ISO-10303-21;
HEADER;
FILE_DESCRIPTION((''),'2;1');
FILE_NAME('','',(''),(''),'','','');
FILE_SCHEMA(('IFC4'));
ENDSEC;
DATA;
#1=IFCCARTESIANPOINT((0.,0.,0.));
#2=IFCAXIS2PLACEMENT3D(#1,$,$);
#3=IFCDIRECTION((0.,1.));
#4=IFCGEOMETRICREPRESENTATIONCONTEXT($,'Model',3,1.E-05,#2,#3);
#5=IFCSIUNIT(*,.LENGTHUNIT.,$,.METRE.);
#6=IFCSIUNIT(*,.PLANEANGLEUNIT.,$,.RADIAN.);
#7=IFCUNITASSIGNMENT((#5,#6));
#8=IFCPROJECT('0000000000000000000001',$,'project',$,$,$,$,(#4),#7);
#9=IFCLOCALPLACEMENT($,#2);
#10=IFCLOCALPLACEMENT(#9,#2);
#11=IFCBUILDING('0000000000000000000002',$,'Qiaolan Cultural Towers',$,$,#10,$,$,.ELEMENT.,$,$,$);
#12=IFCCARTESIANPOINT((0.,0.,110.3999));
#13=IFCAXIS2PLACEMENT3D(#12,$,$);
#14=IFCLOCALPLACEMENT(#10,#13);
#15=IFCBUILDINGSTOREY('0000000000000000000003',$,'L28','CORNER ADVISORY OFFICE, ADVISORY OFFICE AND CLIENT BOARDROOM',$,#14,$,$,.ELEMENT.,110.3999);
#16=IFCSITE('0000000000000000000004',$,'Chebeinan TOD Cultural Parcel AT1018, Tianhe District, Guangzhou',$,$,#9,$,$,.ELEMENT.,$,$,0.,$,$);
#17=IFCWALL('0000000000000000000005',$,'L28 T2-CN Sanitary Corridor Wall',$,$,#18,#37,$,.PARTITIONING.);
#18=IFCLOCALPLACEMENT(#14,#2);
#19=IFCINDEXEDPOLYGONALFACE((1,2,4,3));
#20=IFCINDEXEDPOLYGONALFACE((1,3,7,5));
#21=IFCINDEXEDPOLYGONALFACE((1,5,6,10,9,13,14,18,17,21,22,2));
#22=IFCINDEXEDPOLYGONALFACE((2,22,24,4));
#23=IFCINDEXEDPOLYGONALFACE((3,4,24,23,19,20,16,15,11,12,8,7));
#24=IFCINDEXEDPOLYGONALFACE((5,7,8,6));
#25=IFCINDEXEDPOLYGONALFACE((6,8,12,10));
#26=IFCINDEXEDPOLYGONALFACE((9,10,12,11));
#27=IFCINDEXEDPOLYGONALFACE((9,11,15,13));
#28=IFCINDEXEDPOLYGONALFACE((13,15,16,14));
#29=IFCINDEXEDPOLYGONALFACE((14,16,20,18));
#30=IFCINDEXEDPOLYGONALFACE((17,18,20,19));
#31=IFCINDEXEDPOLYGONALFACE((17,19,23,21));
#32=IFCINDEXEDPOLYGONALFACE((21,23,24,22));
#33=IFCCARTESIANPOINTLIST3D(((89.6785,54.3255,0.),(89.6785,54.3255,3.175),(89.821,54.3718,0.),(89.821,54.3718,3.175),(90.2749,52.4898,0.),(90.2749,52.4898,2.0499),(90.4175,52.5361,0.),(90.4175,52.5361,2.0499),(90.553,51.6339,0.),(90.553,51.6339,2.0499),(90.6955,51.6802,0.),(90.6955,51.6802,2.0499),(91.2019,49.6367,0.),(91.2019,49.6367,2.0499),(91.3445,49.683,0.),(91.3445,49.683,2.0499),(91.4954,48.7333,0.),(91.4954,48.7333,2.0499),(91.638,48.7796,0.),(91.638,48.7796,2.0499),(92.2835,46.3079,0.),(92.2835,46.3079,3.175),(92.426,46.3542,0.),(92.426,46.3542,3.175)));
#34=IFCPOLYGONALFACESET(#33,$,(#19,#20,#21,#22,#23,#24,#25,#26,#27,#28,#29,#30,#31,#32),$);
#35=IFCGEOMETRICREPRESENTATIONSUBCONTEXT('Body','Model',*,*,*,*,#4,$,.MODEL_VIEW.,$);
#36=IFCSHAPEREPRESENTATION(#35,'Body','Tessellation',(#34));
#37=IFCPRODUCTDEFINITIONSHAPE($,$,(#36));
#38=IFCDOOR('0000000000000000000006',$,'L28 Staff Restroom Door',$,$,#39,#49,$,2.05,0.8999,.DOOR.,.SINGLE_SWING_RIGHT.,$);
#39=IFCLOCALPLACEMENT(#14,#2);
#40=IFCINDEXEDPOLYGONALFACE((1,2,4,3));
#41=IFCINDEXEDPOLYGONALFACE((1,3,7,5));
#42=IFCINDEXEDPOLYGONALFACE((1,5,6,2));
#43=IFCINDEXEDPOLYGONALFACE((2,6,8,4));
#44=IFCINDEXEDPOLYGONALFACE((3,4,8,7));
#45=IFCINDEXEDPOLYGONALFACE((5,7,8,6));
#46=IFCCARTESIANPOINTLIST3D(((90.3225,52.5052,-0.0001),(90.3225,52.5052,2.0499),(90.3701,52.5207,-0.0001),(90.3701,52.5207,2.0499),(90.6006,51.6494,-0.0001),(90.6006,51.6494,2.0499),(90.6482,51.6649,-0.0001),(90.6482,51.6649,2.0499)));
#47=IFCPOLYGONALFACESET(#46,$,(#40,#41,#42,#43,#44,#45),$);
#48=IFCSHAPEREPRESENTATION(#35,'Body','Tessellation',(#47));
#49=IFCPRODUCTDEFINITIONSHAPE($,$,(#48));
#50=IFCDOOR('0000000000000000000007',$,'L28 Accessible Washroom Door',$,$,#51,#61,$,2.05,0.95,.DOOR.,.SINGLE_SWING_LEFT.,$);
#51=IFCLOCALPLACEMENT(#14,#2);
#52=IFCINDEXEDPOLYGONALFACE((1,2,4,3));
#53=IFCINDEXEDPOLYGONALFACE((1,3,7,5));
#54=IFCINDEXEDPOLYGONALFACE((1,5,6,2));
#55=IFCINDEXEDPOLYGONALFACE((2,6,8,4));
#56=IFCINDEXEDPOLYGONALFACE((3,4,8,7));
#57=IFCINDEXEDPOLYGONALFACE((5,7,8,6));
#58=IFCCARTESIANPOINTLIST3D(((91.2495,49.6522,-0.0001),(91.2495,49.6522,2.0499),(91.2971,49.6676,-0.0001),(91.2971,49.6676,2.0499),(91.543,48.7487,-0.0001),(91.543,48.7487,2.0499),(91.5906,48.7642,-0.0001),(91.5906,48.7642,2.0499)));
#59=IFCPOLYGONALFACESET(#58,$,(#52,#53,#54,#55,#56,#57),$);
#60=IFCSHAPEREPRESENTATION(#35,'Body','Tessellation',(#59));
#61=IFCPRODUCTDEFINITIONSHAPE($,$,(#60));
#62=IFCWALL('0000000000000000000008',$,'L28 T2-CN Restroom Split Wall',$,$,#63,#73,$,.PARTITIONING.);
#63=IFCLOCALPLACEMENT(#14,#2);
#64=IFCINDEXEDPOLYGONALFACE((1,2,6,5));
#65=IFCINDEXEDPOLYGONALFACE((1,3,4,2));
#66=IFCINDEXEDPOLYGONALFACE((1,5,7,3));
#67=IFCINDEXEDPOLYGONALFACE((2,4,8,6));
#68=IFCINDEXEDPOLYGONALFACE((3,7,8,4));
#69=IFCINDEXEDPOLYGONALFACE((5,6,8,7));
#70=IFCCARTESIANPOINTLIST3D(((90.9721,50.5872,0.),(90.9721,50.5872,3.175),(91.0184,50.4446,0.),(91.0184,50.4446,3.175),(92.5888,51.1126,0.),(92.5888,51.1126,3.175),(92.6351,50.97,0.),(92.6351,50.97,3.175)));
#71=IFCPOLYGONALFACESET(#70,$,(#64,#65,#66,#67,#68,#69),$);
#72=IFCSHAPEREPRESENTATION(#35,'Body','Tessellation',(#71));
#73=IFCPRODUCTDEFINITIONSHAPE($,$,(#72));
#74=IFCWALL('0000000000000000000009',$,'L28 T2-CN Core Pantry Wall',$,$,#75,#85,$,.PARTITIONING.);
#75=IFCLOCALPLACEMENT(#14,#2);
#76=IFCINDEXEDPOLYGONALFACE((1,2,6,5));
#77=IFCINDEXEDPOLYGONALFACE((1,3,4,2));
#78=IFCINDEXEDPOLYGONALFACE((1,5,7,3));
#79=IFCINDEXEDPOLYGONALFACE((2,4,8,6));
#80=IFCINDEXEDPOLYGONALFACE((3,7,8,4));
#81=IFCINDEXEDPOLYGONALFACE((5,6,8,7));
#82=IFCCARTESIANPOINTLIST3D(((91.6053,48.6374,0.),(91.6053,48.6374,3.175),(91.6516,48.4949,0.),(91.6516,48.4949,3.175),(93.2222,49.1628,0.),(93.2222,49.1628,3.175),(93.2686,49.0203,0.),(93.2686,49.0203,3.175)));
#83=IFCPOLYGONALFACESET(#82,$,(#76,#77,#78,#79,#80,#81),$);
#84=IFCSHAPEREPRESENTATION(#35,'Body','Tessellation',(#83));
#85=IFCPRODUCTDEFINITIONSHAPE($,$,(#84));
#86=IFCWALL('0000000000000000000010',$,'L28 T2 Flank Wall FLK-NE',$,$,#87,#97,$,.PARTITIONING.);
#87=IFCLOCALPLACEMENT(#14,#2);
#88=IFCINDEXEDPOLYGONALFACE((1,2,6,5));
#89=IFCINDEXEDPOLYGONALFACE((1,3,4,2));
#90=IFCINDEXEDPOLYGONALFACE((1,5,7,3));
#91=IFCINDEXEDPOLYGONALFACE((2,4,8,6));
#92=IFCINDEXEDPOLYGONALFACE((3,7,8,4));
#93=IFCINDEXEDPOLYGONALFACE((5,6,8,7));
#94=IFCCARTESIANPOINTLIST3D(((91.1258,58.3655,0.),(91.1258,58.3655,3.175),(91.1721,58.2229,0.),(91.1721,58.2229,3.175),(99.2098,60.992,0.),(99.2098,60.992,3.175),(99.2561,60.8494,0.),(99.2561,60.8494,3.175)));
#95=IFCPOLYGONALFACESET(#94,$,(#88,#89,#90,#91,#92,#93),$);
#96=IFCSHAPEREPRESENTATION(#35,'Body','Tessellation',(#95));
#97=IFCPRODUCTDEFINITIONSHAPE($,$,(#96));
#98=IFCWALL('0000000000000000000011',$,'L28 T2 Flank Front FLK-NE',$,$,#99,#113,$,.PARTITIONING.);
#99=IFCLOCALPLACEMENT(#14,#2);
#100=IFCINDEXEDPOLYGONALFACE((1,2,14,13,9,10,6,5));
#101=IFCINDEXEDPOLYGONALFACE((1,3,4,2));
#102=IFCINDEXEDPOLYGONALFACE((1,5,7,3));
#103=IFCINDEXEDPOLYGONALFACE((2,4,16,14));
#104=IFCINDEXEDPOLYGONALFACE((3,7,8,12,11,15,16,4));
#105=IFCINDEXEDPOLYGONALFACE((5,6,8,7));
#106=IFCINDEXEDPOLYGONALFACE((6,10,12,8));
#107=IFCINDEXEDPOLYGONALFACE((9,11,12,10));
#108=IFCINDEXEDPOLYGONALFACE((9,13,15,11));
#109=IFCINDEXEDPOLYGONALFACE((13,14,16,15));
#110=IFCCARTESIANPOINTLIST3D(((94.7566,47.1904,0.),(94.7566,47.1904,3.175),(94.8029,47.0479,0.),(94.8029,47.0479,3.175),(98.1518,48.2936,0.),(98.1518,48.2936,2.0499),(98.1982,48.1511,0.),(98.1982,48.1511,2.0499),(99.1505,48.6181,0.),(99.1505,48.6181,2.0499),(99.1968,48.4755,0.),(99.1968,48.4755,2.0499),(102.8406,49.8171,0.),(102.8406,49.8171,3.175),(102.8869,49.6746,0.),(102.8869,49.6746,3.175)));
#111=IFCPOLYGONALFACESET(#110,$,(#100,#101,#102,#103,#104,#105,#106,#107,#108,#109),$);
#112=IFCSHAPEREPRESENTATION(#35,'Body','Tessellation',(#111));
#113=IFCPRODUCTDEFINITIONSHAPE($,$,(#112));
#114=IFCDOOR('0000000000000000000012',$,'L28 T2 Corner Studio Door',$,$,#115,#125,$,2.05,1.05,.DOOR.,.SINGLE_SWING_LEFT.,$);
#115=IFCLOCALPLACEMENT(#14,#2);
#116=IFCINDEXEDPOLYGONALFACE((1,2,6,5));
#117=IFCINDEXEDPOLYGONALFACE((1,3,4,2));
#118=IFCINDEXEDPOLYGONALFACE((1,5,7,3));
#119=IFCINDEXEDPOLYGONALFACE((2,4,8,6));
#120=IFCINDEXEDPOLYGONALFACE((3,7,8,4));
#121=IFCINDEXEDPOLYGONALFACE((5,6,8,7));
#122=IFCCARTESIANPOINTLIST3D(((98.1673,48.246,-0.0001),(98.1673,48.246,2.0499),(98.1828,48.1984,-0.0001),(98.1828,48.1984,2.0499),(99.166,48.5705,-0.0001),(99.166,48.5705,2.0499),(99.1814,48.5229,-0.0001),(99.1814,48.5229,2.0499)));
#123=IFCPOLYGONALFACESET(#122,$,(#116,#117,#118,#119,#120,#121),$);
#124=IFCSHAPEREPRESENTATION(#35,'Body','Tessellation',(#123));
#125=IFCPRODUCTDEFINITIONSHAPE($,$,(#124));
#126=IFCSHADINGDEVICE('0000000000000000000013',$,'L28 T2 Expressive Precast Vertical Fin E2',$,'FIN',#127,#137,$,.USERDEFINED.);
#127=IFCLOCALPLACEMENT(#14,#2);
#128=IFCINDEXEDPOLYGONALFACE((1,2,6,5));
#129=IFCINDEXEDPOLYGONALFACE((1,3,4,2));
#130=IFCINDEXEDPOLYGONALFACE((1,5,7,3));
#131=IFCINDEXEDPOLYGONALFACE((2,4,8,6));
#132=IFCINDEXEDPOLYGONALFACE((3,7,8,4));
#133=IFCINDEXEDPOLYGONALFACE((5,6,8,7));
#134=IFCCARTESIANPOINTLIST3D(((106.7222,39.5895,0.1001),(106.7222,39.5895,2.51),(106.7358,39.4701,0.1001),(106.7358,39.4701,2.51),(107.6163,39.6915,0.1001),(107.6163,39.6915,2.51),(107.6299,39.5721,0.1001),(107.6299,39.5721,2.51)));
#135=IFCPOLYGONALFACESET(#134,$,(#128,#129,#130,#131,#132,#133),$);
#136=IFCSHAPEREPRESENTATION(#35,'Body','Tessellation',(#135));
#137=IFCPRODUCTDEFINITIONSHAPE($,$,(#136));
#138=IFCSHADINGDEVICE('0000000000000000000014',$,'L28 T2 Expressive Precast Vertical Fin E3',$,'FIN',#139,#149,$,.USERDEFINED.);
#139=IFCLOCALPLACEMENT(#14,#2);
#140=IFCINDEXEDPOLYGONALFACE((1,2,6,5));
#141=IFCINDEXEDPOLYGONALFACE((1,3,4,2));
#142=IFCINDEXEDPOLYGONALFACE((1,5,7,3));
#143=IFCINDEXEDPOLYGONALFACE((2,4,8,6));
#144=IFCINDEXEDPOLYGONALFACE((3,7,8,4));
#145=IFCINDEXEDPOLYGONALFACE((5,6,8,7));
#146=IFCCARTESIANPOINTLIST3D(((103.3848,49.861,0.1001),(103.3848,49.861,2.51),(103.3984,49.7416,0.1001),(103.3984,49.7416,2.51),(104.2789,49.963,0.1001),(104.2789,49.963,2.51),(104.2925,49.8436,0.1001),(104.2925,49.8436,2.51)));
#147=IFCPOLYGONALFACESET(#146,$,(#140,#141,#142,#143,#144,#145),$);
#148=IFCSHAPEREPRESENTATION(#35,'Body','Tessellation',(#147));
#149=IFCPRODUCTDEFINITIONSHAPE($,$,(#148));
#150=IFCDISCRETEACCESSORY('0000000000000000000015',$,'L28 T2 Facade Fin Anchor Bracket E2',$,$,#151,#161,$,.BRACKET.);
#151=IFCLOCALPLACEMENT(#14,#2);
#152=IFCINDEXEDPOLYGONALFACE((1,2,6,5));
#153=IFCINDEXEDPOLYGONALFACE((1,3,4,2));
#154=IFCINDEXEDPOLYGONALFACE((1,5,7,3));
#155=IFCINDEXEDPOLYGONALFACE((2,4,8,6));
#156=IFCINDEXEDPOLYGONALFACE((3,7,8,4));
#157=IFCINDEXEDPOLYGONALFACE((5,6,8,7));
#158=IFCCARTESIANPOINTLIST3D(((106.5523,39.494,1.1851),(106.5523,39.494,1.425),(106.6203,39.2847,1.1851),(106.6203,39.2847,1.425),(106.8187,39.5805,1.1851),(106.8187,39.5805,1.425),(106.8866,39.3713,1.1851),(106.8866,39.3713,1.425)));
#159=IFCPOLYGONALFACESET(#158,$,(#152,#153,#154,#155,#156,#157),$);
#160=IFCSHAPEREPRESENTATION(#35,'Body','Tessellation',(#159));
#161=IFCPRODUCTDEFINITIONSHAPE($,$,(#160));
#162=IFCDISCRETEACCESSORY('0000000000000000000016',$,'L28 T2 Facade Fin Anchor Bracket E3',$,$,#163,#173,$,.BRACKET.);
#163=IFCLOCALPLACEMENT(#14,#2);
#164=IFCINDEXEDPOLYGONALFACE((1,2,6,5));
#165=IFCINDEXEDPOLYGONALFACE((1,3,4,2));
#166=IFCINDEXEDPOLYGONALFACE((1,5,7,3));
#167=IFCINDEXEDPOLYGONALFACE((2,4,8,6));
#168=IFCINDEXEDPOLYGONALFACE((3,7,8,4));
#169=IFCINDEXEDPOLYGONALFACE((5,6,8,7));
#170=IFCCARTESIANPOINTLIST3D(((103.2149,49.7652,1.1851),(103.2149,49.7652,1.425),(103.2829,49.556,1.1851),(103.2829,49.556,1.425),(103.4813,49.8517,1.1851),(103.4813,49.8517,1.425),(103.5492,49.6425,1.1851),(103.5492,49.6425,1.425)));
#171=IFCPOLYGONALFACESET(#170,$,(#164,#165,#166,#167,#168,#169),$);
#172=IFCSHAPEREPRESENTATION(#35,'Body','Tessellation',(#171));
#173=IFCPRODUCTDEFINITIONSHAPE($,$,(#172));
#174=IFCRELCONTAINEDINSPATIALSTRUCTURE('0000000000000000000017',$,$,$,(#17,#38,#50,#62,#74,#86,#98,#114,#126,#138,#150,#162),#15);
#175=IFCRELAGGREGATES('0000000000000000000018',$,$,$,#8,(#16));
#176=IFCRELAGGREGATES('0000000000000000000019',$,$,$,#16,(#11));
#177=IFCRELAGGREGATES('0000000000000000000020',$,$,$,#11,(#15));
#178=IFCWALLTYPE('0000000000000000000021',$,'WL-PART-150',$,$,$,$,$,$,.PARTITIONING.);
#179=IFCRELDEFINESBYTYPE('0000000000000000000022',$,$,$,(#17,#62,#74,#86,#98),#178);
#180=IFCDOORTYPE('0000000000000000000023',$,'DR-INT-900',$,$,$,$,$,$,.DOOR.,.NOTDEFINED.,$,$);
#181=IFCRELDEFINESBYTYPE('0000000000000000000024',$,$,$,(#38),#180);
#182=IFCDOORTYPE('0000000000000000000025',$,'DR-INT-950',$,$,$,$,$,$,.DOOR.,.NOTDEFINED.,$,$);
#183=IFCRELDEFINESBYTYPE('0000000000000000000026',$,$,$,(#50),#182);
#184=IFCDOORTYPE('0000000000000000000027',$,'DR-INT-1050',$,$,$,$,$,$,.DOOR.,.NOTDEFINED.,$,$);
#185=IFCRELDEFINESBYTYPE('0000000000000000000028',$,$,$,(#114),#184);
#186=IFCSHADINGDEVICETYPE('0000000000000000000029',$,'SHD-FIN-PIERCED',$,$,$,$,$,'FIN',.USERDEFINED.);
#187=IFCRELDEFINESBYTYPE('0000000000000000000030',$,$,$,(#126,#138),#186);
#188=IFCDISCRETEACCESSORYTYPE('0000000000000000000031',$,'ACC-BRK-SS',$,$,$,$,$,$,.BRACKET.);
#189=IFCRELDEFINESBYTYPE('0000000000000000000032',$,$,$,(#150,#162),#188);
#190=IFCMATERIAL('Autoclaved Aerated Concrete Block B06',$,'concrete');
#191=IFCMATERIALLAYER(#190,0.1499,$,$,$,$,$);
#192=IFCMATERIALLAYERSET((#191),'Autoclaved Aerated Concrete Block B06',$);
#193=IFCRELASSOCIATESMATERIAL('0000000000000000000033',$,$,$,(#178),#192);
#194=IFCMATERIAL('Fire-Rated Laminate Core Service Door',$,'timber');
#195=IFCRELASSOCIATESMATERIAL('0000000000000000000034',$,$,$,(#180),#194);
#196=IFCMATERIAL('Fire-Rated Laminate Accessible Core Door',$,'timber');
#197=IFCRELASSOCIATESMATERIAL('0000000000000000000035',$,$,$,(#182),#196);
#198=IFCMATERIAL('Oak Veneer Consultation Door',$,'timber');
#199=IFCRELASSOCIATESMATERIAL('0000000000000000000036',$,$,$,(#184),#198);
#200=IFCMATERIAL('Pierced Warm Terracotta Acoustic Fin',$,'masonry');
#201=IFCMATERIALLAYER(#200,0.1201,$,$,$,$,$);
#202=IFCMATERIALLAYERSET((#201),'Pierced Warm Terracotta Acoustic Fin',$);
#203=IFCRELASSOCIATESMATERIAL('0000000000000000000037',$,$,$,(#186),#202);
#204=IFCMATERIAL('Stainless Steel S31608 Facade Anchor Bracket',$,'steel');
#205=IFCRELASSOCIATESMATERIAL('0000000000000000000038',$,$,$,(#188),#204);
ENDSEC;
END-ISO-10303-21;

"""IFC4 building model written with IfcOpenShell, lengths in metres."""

from ifc_helpers import new_model, si_unit, direction, frame, frame_2d, origin, origin_2d, place, context, subcontext, project, spatial, rectangle, extrude, material, layer, layer_set, type_object, element, fill, save


model = new_model("IFC4")

# Units and contexts
model_context = context("Model", 3, precision=1e-05, world=origin(), true_north=direction((0.0, 1.0)))
body_context = subcontext(model_context, "Body", "Model", "MODEL_VIEW")
ifc_project = project(units=[si_unit("LENGTHUNIT", "METRE"), si_unit("PLANEANGLEUNIT", "RADIAN")], contexts=[model_context])

# Site, building, storey
site_placement = place(None, origin())
site = spatial("IfcSite", under=ifc_project, at=site_placement, Name="Chebeinan TOD Cultural Parcel AT1018, Tianhe District, Guangzhou", CompositionType="ELEMENT", RefElevation=0.0)
building_placement = place(site_placement, origin())
building = spatial("IfcBuilding", under=site, at=building_placement, Name="Qiaolan Cultural Towers", CompositionType="ELEMENT")
storey_placement = place(building_placement, frame((0.0, 0.0, 110.3999)))
storey = spatial("IfcBuildingStorey", under=building, at=storey_placement, Name="L28", Description="CORNER ADVISORY OFFICE, ADVISORY OFFICE AND CLIENT BOARDROOM", CompositionType="ELEMENT", Elevation=110.3999)

# Wall, openings, doors
ifc_material_1 = material(Name="Autoclaved Aerated Concrete Block B06", Category="concrete")
ifc_layer_1 = layer(ifc_material_1, 0.1499)
ifc_layer_set_1 = layer_set([ifc_layer_1], Name="Autoclaved Aerated Concrete Block B06")
wall_type_1 = type_object("IfcWallType", Name="WL-PART-150", PredefinedType="PARTITIONING", material=ifc_layer_set_1)
ifc_material_2 = material(Name="Fire-Rated Laminate Core Service Door", Category="timber")
door_type_1 = type_object("IfcDoorType", Name="DR-INT-900", OperationType="NOTDEFINED", PredefinedType="DOOR", material=ifc_material_2)
ifc_material_3 = material(Name="Fire-Rated Laminate Accessible Core Door", Category="timber")
door_type_2 = type_object("IfcDoorType", Name="DR-INT-950", OperationType="NOTDEFINED", PredefinedType="DOOR", material=ifc_material_3)
wall_1_placement = place(storey_placement, frame((92.3547, 46.3311, 0.0), z_axis=(0.0, 0.0, 1.0), x_axis=(-0.309007, 0.95106, 0.0)))
wall_1 = element("IfcWall", 1, at=wall_1_placement, inside=storey, type_object=wall_type_1, Name="L28 T2-CN Sanitary Corridor Wall", PredefinedType="PARTITIONING", context=body_context, shape_type="SweptSolid", body=[
    extrude(rectangle(XDim=8.4302, YDim=0.1499, at=frame_2d((4.2151, 0.0))), origin(), (0.0, 0.0, 1.0), 3.175),
])
opening_1_placement = place(wall_1_placement, frame((2.55, 0.0, 0.0)))
opening_1 = element("IfcOpeningElement", 2, at=opening_1_placement, cuts=wall_1, PredefinedType="OPENING", context=body_context, shape_type="SweptSolid", body=[
    extrude(rectangle(XDim=0.95, YDim=2.05, at=frame_2d((0.4751, 1.0249))), frame((0.0, 0.085, 0.0), z_axis=(0.0, -1.0, 0.0), x_axis=(1.0, 0.0, 0.0)), (0.0, 0.0, 1.0), 0.1699),
])
opening_2_placement = place(wall_1_placement, frame((5.6001, 0.0, 0.0)))
opening_2 = element("IfcOpeningElement", 3, at=opening_2_placement, cuts=wall_1, PredefinedType="OPENING", context=body_context, shape_type="SweptSolid", body=[
    extrude(rectangle(XDim=0.8999, YDim=2.05, at=frame_2d((0.45, 1.0249))), frame((0.0, 0.085, 0.0), z_axis=(0.0, -1.0, 0.0), x_axis=(1.0, 0.0, 0.0)), (0.0, 0.0, 1.0), 0.1699),
])
door_1_placement = place(opening_2_placement, origin())
door_1 = element("IfcDoor", 4, at=door_1_placement, inside=storey, type_object=door_type_1, Name="L28 Staff Restroom Door", OperationType="SINGLE_SWING_RIGHT", OverallHeight=2.05, OverallWidth=0.8999, PredefinedType="DOOR", context=body_context, shape_type="SweptSolid", body=[
    extrude(rectangle(XDim=0.8999, YDim=2.05, at=frame_2d((0.45, 1.0249))), frame((0.0, 0.0249, 0.0), z_axis=(0.0, -1.0, 0.0), x_axis=(1.0, 0.0, 0.0)), (0.0, 0.0, 1.0), 0.05),
])
fill(opening_2, door_1)
door_2_placement = place(opening_1_placement, origin())
door_2 = element("IfcDoor", 5, at=door_2_placement, inside=storey, type_object=door_type_2, Name="L28 Accessible Washroom Door", OperationType="SINGLE_SWING_LEFT", OverallHeight=2.05, OverallWidth=0.95, PredefinedType="DOOR", context=body_context, shape_type="SweptSolid", body=[
    extrude(rectangle(XDim=0.95, YDim=2.05, at=frame_2d((0.4751, 1.0249))), frame((0.0, 0.0249, 0.0), z_axis=(0.0, -1.0, 0.0), x_axis=(1.0, 0.0, 0.0)), (0.0, 0.0, 1.0), 0.05),
])
fill(opening_1, door_2)

# Walls
wall_2_placement = place(storey_placement, frame((90.9951, 50.5159, 0.0), z_axis=(0.0, 0.0, 1.0), x_axis=(0.95104, 0.309067, 0.0)))
element("IfcWall", 6, at=wall_2_placement, inside=storey, type_object=wall_type_1, Name="L28 T2-CN Restroom Split Wall", PredefinedType="PARTITIONING", context=body_context, shape_type="SweptSolid", body=[
    extrude(rectangle(XDim=1.7, YDim=0.1499, at=frame_2d((0.8501, 0.0))), origin(), (0.0, 0.0, 1.0), 3.175),
])
wall_3_placement = place(storey_placement, frame((91.6284, 48.5662, 0.0), z_axis=(0.0, 0.0, 1.0), x_axis=(0.951054, 0.309024, 0.0)))
element("IfcWall", 7, at=wall_3_placement, inside=storey, type_object=wall_type_1, Name="L28 T2-CN Core Pantry Wall", PredefinedType="PARTITIONING", context=body_context, shape_type="SweptSolid", body=[
    extrude(rectangle(XDim=1.7002, YDim=0.1499, at=frame_2d((0.8501, 0.0))), origin(), (0.0, 0.0, 1.0), 3.175),
])
wall_4_placement = place(storey_placement, frame((91.1489, 58.2942, 0.0), z_axis=(0.0, 0.0, 1.0), x_axis=(0.951063, 0.308998, 0.0)))
element("IfcWall", 8, at=wall_4_placement, inside=storey, type_object=wall_type_1, Name="L28 T2 Flank Wall FLK-NE", PredefinedType="PARTITIONING", context=body_context, shape_type="SweptSolid", body=[
    extrude(rectangle(XDim=8.5, YDim=0.1499, at=frame_2d((4.25, 0.0))), origin(), (0.0, 0.0, 1.0), 3.175),
])

# Wall, opening, door
wall_5_placement = place(storey_placement, frame((94.7798, 47.1191, 0.0), z_axis=(0.0, 0.0, 1.0), x_axis=(0.951054, 0.309024, 0.0)))
wall_5 = element("IfcWall", 9, at=wall_5_placement, inside=storey, type_object=wall_type_1, Name="L28 T2 Flank Front FLK-NE", PredefinedType="PARTITIONING", context=body_context, shape_type="SweptSolid", body=[
    extrude(rectangle(XDim=8.5, YDim=0.1499, at=frame_2d((4.25, 0.0))), origin(), (0.0, 0.0, 1.0), 3.175),
])
opening_3_placement = place(wall_5_placement, frame((3.5701, 0.0, 0.0)))
opening_3 = element("IfcOpeningElement", 10, at=opening_3_placement, cuts=wall_5, PredefinedType="OPENING", context=body_context, shape_type="SweptSolid", body=[
    extrude(rectangle(XDim=1.05, YDim=2.05, at=frame_2d((0.5249, 1.0249))), frame((0.0, 0.085, 0.0), z_axis=(0.0, -1.0, 0.0), x_axis=(1.0, 0.0, 0.0)), (0.0, 0.0, 1.0), 0.1699),
])
ifc_material_4 = material(Name="Oak Veneer Consultation Door", Category="timber")
door_type_3 = type_object("IfcDoorType", Name="DR-INT-1050", OperationType="NOTDEFINED", PredefinedType="DOOR", material=ifc_material_4)
door_3_placement = place(opening_3_placement, origin())
door_3 = element("IfcDoor", 11, at=door_3_placement, inside=storey, type_object=door_type_3, Name="L28 T2 Corner Studio Door", OperationType="SINGLE_SWING_LEFT", OverallHeight=2.05, OverallWidth=1.05, PredefinedType="DOOR", context=body_context, shape_type="SweptSolid", body=[
    extrude(rectangle(XDim=1.05, YDim=2.05, at=frame_2d((0.5249, 1.0249))), frame((0.0, 0.0249, 0.0), z_axis=(0.0, -1.0, 0.0), x_axis=(1.0, 0.0, 0.0)), (0.0, 0.0, 1.0), 0.05),
])
fill(opening_3, door_3)

# Shading devices
ifc_material_5 = material(Name="Pierced Warm Terracotta Acoustic Fin", Category="masonry")
ifc_layer_2 = layer(ifc_material_5, 0.1201)
ifc_layer_set_2 = layer_set([ifc_layer_2], Name="Pierced Warm Terracotta Acoustic Fin")
shading_device_type = type_object("IfcShadingDeviceType", Name="SHD-FIN-PIERCED", ElementType="FIN", PredefinedType="USERDEFINED", material=ifc_layer_set_2)
for number, where, z_axis, x_axis, name in (
    (12, (107.176, 39.5808, 0.1001), (0.0, 0.0, 1.0), (0.993553, 0.113365, 0.0), "L28 T2 Expressive Precast Vertical Fin E2"),
    (13, (103.8386, 49.8523, 0.1001), (0.0, 0.0, 1.0), (0.993553, 0.113365, 0.0), "L28 T2 Expressive Precast Vertical Fin E3"),
):
    element("IfcShadingDevice", number, at=place(storey_placement, frame(where, z_axis=z_axis, x_axis=x_axis)), inside=storey, type_object=shading_device_type, Name=name, ObjectType="FIN", PredefinedType="USERDEFINED", context=body_context, shape_type="SweptSolid", body=[
        extrude(rectangle(XDim=0.8999, YDim=0.1201, at=origin_2d()), origin(), (0.0, 0.0, 1.0), 2.4099),
    ])

# Discrete accessories
ifc_material_6 = material(Name="Stainless Steel S31608 Facade Anchor Bracket", Category="steel")
discrete_accessory_type = type_object("IfcDiscreteAccessoryType", Name="ACC-BRK-SS", PredefinedType="BRACKET", material=ifc_material_6)
for number, where, z_axis, x_axis, name in (
    (14, (106.7195, 39.4326, 1.1851), (0.0, 0.0, 1.0), (0.951057, 0.309017, 0.0), "L28 T2 Facade Fin Anchor Bracket E2"),
    (15, (103.3821, 49.7039, 1.1851), (0.0, 0.0, 1.0), (0.951057, 0.309017, 0.0), "L28 T2 Facade Fin Anchor Bracket E3"),
):
    element("IfcDiscreteAccessory", number, at=place(storey_placement, frame(where, z_axis=z_axis, x_axis=x_axis)), inside=storey, type_object=discrete_accessory_type, Name=name, PredefinedType="BRACKET", context=body_context, shape_type="SweptSolid", body=[
        extrude(rectangle(XDim=0.28, YDim=0.22, at=origin_2d()), origin(), (0.0, 0.0, 1.0), 0.24),
    ])

save(model, "model.ifc")
